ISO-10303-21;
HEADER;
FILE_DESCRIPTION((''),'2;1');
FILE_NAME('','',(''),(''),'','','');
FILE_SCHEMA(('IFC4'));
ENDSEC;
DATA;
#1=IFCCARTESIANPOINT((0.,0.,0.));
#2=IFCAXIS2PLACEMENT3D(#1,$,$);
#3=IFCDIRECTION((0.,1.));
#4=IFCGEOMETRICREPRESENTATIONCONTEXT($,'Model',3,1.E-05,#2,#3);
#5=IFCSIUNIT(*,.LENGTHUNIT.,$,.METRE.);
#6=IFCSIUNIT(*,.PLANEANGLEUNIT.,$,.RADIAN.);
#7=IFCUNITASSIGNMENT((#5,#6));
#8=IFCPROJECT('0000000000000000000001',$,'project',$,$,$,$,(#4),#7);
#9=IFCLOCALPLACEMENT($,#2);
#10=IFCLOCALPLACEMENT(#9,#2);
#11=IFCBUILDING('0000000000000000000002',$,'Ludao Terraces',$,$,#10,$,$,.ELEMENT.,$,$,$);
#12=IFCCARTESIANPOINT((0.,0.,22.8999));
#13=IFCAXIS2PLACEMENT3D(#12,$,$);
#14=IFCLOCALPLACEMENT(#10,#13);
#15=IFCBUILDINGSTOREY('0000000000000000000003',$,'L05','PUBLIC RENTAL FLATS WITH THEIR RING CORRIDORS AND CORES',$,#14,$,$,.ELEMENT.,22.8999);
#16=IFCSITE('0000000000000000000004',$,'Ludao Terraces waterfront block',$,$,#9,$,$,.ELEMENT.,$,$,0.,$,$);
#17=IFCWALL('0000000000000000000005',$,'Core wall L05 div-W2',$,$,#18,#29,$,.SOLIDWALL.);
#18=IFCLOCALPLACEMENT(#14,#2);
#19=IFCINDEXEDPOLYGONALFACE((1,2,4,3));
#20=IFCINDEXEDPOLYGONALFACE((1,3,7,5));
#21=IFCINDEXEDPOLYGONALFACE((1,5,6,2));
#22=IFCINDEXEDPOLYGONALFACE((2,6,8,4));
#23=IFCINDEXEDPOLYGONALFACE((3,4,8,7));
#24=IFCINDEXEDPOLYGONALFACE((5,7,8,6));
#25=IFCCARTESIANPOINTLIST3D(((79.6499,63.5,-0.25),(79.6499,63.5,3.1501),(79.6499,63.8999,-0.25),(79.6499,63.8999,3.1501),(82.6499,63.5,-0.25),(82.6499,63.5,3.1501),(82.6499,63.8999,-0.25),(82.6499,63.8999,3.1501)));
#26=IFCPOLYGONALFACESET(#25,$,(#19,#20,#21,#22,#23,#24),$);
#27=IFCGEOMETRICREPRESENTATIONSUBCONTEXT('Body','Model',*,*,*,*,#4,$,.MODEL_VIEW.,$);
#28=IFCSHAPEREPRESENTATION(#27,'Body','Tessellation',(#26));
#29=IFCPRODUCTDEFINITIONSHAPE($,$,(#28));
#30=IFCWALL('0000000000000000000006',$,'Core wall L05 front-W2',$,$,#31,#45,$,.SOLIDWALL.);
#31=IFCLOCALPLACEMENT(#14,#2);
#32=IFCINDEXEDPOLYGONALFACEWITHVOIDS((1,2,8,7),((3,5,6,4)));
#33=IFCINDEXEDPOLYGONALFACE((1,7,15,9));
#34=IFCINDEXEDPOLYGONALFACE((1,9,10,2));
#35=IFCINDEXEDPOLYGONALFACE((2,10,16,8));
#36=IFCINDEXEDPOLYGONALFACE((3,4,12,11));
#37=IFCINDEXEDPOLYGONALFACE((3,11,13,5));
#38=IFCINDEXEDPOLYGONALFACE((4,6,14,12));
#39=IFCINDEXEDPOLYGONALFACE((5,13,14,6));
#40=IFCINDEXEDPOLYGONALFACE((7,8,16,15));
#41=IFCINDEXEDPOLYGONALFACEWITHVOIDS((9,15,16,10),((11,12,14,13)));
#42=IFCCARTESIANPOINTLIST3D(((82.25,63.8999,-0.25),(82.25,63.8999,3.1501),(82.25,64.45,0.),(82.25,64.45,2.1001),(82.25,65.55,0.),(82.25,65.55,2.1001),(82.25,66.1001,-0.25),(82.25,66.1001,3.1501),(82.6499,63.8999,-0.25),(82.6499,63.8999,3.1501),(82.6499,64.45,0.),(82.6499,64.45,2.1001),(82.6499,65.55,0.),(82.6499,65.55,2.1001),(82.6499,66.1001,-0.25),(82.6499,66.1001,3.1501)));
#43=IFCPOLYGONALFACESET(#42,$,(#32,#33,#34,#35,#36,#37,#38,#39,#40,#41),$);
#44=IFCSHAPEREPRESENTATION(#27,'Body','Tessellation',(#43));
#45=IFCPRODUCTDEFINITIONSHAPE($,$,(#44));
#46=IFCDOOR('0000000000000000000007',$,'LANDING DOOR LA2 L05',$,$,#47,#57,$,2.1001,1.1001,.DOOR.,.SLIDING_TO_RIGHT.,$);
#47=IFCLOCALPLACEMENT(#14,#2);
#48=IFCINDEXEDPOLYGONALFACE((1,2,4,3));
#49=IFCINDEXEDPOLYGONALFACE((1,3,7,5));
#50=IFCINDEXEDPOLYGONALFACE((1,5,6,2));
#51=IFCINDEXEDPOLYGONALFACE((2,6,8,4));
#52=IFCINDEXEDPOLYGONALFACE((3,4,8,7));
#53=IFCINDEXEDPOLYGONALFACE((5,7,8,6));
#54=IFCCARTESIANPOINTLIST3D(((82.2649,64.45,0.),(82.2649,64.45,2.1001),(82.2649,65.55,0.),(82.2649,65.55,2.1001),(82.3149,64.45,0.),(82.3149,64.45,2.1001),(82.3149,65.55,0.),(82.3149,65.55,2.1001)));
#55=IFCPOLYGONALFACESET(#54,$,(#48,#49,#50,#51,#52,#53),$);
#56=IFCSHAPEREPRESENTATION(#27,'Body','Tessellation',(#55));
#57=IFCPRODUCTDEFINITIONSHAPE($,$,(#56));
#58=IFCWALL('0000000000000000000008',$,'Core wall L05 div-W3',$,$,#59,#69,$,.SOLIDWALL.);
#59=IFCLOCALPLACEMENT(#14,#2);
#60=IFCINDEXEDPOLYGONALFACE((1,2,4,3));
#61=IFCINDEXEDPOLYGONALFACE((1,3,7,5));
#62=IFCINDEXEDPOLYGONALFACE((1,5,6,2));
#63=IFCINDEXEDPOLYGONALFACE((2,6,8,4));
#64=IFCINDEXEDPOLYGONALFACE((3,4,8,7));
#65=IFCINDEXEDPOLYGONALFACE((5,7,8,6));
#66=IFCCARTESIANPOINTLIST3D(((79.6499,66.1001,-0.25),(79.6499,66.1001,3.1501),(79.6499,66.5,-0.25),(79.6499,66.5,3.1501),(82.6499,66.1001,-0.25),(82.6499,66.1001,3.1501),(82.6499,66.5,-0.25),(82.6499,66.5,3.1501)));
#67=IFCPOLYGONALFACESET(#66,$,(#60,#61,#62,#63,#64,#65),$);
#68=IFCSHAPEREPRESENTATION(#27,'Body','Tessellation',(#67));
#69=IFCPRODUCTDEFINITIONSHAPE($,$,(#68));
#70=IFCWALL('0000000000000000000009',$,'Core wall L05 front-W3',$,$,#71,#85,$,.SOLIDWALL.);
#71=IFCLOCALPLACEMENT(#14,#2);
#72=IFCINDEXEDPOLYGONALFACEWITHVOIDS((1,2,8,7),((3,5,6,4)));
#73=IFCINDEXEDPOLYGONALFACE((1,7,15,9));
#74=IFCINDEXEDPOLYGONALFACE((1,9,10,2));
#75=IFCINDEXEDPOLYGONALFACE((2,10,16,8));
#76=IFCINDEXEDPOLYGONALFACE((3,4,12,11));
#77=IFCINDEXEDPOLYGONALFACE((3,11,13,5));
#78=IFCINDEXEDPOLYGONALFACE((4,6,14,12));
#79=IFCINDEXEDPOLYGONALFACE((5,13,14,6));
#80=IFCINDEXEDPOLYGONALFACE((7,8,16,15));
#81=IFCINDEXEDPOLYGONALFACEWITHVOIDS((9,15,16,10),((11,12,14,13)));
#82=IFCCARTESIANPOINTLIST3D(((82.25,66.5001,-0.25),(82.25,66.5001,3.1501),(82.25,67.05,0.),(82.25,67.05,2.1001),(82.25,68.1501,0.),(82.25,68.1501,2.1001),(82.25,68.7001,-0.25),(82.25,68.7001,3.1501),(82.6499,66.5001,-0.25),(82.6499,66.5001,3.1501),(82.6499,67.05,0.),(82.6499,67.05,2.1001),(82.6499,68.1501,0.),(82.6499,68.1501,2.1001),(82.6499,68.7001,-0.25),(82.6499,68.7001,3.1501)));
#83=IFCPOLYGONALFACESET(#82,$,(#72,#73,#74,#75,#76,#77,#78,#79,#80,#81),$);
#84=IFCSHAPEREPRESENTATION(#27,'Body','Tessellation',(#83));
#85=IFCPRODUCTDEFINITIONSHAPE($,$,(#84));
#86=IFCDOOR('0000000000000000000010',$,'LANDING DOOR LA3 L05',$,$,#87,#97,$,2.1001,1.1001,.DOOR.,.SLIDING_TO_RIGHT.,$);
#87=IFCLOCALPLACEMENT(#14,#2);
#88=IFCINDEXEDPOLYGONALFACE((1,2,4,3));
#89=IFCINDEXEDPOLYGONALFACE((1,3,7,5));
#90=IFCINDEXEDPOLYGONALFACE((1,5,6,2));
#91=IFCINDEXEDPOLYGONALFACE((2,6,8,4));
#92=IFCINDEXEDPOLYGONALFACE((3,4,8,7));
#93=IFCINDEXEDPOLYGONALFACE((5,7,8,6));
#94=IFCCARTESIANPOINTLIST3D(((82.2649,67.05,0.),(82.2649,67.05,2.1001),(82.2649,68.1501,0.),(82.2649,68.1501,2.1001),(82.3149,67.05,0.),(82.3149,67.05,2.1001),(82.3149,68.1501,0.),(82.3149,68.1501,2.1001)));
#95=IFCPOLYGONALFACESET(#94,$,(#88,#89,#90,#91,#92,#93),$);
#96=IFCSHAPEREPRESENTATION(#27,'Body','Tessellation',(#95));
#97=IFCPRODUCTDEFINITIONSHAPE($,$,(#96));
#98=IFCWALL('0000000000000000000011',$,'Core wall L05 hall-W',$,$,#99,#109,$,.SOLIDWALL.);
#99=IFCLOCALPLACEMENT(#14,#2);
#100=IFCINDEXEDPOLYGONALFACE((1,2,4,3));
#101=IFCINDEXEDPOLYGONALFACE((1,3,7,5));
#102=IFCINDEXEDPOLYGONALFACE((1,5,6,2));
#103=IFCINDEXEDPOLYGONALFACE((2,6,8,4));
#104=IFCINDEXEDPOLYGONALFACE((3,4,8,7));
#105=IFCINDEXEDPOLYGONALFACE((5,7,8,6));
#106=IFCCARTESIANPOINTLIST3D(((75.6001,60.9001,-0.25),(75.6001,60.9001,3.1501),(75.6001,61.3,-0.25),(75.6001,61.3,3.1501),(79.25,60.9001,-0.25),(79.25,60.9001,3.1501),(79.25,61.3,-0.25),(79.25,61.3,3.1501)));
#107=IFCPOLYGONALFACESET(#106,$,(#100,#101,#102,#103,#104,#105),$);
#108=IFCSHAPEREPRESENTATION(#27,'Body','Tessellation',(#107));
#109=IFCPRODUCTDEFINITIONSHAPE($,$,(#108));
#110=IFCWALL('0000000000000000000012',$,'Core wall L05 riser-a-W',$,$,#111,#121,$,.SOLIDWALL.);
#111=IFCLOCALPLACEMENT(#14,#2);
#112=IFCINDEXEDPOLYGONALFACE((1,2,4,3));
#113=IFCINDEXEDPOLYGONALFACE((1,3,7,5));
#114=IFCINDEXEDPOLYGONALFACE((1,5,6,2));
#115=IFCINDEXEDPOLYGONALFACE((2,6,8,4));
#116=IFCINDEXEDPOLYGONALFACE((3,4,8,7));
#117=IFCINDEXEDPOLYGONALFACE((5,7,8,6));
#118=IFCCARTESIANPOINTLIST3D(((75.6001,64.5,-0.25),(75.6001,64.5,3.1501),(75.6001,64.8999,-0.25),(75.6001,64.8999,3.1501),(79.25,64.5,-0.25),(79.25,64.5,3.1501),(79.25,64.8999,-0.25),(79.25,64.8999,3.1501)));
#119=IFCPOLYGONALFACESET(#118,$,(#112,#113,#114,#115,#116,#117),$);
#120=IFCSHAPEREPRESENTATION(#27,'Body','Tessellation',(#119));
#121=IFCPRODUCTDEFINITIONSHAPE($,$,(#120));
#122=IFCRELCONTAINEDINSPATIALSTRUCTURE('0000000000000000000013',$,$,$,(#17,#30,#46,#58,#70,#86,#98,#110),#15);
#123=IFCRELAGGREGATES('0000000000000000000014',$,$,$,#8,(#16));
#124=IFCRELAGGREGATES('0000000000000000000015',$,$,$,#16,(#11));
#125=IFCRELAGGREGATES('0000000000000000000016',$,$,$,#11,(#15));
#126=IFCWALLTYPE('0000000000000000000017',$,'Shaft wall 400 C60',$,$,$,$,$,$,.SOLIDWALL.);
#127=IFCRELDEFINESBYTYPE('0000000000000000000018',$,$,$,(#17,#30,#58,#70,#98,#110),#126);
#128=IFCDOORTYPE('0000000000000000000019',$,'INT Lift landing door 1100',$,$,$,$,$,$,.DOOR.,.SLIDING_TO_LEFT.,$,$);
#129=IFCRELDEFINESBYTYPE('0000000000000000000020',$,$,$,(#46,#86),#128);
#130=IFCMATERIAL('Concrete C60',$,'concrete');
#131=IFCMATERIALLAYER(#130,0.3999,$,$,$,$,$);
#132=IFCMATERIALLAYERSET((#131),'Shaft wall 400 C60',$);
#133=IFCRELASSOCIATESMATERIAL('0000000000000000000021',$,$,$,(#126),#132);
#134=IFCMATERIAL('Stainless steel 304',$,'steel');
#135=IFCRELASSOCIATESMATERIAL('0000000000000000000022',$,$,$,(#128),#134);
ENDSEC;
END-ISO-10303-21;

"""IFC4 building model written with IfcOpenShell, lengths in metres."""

from ifc_helpers import new_model, si_unit, direction, frame, frame_2d, origin, place, context, subcontext, project, spatial, rectangle, extrude, material, layer, layer_set, type_object, element, fill, save


model = new_model("IFC4")

# Units and contexts
model_context = context("Model", 3, precision=1e-05, world=origin(), true_north=direction((0.0, 1.0)))
body_context = subcontext(model_context, "Body", "Model", "MODEL_VIEW")
ifc_project = project(units=[si_unit("LENGTHUNIT", "METRE"), si_unit("PLANEANGLEUNIT", "RADIAN")], contexts=[model_context])

# Site, building, storey
site_placement = place(None, origin())
site = spatial("IfcSite", under=ifc_project, at=site_placement, Name="Ludao Terraces waterfront block", CompositionType="ELEMENT", RefElevation=0.0)
building_placement = place(site_placement, origin())
building = spatial("IfcBuilding", under=site, at=building_placement, Name="Ludao Terraces", CompositionType="ELEMENT")
storey_placement = place(building_placement, frame((0.0, 0.0, 22.8999)))
storey = spatial("IfcBuildingStorey", under=building, at=storey_placement, Name="L05", Description="PUBLIC RENTAL FLATS WITH THEIR RING CORRIDORS AND CORES", CompositionType="ELEMENT", Elevation=22.8999)

# Shared definitions
ifc_material_1 = material(Name="Concrete C60", Category="concrete")
ifc_layer_1 = layer(ifc_material_1, 0.3999)
ifc_layer_set_1 = layer_set([ifc_layer_1], Name="Shaft wall 400 C60")
wall_type_1 = type_object("IfcWallType", Name="Shaft wall 400 C60", PredefinedType="SOLIDWALL", material=ifc_layer_set_1)

# Shared definitions
ifc_material_2 = material(Name="Stainless steel 304", Category="steel")
door_type_1 = type_object("IfcDoorType", Name="INT Lift landing door 1100", OperationType="SLIDING_TO_LEFT", PredefinedType="DOOR", material=ifc_material_2)

# Wall
wall_1_placement = place(storey_placement, frame((79.6499, 63.7, -0.25), z_axis=(0.0, 0.0, 1.0), x_axis=(1.0, 0.0, 0.0)))
element("IfcWall", 1, at=wall_1_placement, inside=storey, type_object=wall_type_1, Name="Core wall L05 div-W2", PredefinedType="SOLIDWALL", context=body_context, shape_type="SweptSolid", body=[
    extrude(rectangle(XDim=3.0, YDim=0.3999, at=frame_2d((1.5, 0.0))), origin(), (0.0, 0.0, 1.0), 3.4001),
])

# Wall, opening, door
wall_2_placement = place(storey_placement, frame((82.45, 63.8999, -0.25), z_axis=(0.0, 0.0, 1.0), x_axis=(0.0, 1.0, 0.0)))
wall_2 = element("IfcWall", 2, at=wall_2_placement, inside=storey, type_object=wall_type_1, Name="Core wall L05 front-W2", PredefinedType="SOLIDWALL", context=body_context, shape_type="SweptSolid", body=[
    extrude(rectangle(XDim=2.2002, YDim=0.3999, at=frame_2d((1.1001, 0.0))), origin(), (0.0, 0.0, 1.0), 3.4001),
])
opening_1_placement = place(wall_2_placement, frame((0.55, 0.0, 0.25)))
opening_1 = element("IfcOpeningElement", 3, at=opening_1_placement, cuts=wall_2, PredefinedType="OPENING", context=body_context, shape_type="SweptSolid", body=[
    extrude(rectangle(XDim=1.1001, YDim=2.1001, at=frame_2d((0.55, 1.05))), frame((0.0, 0.21, 0.0), z_axis=(0.0, -1.0, 0.0), x_axis=(1.0, 0.0, 0.0)), (0.0, 0.0, 1.0), 0.4199),
])
door_1_placement = place(opening_1_placement, origin())
door_1 = element("IfcDoor", 4, at=door_1_placement, inside=storey, type_object=door_type_1, Name="LANDING DOOR LA2 L05", OperationType="SLIDING_TO_RIGHT", OverallHeight=2.1001, OverallWidth=1.1001, PredefinedType="DOOR", context=body_context, shape_type="SweptSolid", body=[
    extrude(rectangle(XDim=1.1001, YDim=2.1001, at=frame_2d((0.55, 1.05))), frame((0.0, 0.1851, 0.0), z_axis=(0.0, -1.0, 0.0), x_axis=(1.0, 0.0, 0.0)), (0.0, 0.0, 1.0), 0.05),
])
fill(opening_1, door_1)

# Wall
wall_3_placement = place(storey_placement, frame((79.6499, 66.3, -0.25), z_axis=(0.0, 0.0, 1.0), x_axis=(1.0, 0.0, 0.0)))
element("IfcWall", 5, at=wall_3_placement, inside=storey, type_object=wall_type_1, Name="Core wall L05 div-W3", PredefinedType="SOLIDWALL", context=body_context, shape_type="SweptSolid", body=[
    extrude(rectangle(XDim=3.0, YDim=0.3999, at=frame_2d((1.5, 0.0))), origin(), (0.0, 0.0, 1.0), 3.4001),
])

# Wall, opening, door
wall_4_placement = place(storey_placement, frame((82.45, 66.5, -0.25), z_axis=(0.0, 0.0, 1.0), x_axis=(0.0, 1.0, 0.0)))
wall_4 = element("IfcWall", 6, at=wall_4_placement, inside=storey, type_object=wall_type_1, Name="Core wall L05 front-W3", PredefinedType="SOLIDWALL", context=body_context, shape_type="SweptSolid", body=[
    extrude(rectangle(XDim=2.2, YDim=0.3999, at=frame_2d((1.1001, 0.0))), origin(), (0.0, 0.0, 1.0), 3.4001),
])
opening_2_placement = place(wall_4_placement, frame((0.55, 0.0, 0.25)))
opening_2 = element("IfcOpeningElement", 7, at=opening_2_placement, cuts=wall_4, PredefinedType="OPENING", context=body_context, shape_type="SweptSolid", body=[
    extrude(rectangle(XDim=1.1001, YDim=2.1001, at=frame_2d((0.55, 1.05))), frame((0.0, 0.21, 0.0), z_axis=(0.0, -1.0, 0.0), x_axis=(1.0, 0.0, 0.0)), (0.0, 0.0, 1.0), 0.4199),
])
door_2_placement = place(opening_2_placement, origin())
door_2 = element("IfcDoor", 8, at=door_2_placement, inside=storey, type_object=door_type_1, Name="LANDING DOOR LA3 L05", OperationType="SLIDING_TO_RIGHT", OverallHeight=2.1001, OverallWidth=1.1001, PredefinedType="DOOR", context=body_context, shape_type="SweptSolid", body=[
    extrude(rectangle(XDim=1.1001, YDim=2.1001, at=frame_2d((0.55, 1.05))), frame((0.0, 0.1851, 0.0), z_axis=(0.0, -1.0, 0.0), x_axis=(1.0, 0.0, 0.0)), (0.0, 0.0, 1.0), 0.05),
])
fill(opening_2, door_2)

# Walls
for number, where, z_axis, x_axis, name in (
    (9, (75.6001, 61.1001, -0.25), (0.0, 0.0, 1.0), (1.0, 0.0, 0.0), "Core wall L05 hall-W"),
    (10, (75.6001, 64.7, -0.25), (0.0, 0.0, 1.0), (1.0, 0.0, 0.0), "Core wall L05 riser-a-W"),
):
    element("IfcWall", number, at=place(storey_placement, frame(where, z_axis=z_axis, x_axis=x_axis)), inside=storey, type_object=wall_type_1, Name=name, PredefinedType="SOLIDWALL", context=body_context, shape_type="SweptSolid", body=[
        extrude(rectangle(XDim=3.6499, YDim=0.3999, at=frame_2d((1.825, 0.0))), origin(), (0.0, 0.0, 1.0), 3.4001),
    ])

save(model, "model.ifc")
